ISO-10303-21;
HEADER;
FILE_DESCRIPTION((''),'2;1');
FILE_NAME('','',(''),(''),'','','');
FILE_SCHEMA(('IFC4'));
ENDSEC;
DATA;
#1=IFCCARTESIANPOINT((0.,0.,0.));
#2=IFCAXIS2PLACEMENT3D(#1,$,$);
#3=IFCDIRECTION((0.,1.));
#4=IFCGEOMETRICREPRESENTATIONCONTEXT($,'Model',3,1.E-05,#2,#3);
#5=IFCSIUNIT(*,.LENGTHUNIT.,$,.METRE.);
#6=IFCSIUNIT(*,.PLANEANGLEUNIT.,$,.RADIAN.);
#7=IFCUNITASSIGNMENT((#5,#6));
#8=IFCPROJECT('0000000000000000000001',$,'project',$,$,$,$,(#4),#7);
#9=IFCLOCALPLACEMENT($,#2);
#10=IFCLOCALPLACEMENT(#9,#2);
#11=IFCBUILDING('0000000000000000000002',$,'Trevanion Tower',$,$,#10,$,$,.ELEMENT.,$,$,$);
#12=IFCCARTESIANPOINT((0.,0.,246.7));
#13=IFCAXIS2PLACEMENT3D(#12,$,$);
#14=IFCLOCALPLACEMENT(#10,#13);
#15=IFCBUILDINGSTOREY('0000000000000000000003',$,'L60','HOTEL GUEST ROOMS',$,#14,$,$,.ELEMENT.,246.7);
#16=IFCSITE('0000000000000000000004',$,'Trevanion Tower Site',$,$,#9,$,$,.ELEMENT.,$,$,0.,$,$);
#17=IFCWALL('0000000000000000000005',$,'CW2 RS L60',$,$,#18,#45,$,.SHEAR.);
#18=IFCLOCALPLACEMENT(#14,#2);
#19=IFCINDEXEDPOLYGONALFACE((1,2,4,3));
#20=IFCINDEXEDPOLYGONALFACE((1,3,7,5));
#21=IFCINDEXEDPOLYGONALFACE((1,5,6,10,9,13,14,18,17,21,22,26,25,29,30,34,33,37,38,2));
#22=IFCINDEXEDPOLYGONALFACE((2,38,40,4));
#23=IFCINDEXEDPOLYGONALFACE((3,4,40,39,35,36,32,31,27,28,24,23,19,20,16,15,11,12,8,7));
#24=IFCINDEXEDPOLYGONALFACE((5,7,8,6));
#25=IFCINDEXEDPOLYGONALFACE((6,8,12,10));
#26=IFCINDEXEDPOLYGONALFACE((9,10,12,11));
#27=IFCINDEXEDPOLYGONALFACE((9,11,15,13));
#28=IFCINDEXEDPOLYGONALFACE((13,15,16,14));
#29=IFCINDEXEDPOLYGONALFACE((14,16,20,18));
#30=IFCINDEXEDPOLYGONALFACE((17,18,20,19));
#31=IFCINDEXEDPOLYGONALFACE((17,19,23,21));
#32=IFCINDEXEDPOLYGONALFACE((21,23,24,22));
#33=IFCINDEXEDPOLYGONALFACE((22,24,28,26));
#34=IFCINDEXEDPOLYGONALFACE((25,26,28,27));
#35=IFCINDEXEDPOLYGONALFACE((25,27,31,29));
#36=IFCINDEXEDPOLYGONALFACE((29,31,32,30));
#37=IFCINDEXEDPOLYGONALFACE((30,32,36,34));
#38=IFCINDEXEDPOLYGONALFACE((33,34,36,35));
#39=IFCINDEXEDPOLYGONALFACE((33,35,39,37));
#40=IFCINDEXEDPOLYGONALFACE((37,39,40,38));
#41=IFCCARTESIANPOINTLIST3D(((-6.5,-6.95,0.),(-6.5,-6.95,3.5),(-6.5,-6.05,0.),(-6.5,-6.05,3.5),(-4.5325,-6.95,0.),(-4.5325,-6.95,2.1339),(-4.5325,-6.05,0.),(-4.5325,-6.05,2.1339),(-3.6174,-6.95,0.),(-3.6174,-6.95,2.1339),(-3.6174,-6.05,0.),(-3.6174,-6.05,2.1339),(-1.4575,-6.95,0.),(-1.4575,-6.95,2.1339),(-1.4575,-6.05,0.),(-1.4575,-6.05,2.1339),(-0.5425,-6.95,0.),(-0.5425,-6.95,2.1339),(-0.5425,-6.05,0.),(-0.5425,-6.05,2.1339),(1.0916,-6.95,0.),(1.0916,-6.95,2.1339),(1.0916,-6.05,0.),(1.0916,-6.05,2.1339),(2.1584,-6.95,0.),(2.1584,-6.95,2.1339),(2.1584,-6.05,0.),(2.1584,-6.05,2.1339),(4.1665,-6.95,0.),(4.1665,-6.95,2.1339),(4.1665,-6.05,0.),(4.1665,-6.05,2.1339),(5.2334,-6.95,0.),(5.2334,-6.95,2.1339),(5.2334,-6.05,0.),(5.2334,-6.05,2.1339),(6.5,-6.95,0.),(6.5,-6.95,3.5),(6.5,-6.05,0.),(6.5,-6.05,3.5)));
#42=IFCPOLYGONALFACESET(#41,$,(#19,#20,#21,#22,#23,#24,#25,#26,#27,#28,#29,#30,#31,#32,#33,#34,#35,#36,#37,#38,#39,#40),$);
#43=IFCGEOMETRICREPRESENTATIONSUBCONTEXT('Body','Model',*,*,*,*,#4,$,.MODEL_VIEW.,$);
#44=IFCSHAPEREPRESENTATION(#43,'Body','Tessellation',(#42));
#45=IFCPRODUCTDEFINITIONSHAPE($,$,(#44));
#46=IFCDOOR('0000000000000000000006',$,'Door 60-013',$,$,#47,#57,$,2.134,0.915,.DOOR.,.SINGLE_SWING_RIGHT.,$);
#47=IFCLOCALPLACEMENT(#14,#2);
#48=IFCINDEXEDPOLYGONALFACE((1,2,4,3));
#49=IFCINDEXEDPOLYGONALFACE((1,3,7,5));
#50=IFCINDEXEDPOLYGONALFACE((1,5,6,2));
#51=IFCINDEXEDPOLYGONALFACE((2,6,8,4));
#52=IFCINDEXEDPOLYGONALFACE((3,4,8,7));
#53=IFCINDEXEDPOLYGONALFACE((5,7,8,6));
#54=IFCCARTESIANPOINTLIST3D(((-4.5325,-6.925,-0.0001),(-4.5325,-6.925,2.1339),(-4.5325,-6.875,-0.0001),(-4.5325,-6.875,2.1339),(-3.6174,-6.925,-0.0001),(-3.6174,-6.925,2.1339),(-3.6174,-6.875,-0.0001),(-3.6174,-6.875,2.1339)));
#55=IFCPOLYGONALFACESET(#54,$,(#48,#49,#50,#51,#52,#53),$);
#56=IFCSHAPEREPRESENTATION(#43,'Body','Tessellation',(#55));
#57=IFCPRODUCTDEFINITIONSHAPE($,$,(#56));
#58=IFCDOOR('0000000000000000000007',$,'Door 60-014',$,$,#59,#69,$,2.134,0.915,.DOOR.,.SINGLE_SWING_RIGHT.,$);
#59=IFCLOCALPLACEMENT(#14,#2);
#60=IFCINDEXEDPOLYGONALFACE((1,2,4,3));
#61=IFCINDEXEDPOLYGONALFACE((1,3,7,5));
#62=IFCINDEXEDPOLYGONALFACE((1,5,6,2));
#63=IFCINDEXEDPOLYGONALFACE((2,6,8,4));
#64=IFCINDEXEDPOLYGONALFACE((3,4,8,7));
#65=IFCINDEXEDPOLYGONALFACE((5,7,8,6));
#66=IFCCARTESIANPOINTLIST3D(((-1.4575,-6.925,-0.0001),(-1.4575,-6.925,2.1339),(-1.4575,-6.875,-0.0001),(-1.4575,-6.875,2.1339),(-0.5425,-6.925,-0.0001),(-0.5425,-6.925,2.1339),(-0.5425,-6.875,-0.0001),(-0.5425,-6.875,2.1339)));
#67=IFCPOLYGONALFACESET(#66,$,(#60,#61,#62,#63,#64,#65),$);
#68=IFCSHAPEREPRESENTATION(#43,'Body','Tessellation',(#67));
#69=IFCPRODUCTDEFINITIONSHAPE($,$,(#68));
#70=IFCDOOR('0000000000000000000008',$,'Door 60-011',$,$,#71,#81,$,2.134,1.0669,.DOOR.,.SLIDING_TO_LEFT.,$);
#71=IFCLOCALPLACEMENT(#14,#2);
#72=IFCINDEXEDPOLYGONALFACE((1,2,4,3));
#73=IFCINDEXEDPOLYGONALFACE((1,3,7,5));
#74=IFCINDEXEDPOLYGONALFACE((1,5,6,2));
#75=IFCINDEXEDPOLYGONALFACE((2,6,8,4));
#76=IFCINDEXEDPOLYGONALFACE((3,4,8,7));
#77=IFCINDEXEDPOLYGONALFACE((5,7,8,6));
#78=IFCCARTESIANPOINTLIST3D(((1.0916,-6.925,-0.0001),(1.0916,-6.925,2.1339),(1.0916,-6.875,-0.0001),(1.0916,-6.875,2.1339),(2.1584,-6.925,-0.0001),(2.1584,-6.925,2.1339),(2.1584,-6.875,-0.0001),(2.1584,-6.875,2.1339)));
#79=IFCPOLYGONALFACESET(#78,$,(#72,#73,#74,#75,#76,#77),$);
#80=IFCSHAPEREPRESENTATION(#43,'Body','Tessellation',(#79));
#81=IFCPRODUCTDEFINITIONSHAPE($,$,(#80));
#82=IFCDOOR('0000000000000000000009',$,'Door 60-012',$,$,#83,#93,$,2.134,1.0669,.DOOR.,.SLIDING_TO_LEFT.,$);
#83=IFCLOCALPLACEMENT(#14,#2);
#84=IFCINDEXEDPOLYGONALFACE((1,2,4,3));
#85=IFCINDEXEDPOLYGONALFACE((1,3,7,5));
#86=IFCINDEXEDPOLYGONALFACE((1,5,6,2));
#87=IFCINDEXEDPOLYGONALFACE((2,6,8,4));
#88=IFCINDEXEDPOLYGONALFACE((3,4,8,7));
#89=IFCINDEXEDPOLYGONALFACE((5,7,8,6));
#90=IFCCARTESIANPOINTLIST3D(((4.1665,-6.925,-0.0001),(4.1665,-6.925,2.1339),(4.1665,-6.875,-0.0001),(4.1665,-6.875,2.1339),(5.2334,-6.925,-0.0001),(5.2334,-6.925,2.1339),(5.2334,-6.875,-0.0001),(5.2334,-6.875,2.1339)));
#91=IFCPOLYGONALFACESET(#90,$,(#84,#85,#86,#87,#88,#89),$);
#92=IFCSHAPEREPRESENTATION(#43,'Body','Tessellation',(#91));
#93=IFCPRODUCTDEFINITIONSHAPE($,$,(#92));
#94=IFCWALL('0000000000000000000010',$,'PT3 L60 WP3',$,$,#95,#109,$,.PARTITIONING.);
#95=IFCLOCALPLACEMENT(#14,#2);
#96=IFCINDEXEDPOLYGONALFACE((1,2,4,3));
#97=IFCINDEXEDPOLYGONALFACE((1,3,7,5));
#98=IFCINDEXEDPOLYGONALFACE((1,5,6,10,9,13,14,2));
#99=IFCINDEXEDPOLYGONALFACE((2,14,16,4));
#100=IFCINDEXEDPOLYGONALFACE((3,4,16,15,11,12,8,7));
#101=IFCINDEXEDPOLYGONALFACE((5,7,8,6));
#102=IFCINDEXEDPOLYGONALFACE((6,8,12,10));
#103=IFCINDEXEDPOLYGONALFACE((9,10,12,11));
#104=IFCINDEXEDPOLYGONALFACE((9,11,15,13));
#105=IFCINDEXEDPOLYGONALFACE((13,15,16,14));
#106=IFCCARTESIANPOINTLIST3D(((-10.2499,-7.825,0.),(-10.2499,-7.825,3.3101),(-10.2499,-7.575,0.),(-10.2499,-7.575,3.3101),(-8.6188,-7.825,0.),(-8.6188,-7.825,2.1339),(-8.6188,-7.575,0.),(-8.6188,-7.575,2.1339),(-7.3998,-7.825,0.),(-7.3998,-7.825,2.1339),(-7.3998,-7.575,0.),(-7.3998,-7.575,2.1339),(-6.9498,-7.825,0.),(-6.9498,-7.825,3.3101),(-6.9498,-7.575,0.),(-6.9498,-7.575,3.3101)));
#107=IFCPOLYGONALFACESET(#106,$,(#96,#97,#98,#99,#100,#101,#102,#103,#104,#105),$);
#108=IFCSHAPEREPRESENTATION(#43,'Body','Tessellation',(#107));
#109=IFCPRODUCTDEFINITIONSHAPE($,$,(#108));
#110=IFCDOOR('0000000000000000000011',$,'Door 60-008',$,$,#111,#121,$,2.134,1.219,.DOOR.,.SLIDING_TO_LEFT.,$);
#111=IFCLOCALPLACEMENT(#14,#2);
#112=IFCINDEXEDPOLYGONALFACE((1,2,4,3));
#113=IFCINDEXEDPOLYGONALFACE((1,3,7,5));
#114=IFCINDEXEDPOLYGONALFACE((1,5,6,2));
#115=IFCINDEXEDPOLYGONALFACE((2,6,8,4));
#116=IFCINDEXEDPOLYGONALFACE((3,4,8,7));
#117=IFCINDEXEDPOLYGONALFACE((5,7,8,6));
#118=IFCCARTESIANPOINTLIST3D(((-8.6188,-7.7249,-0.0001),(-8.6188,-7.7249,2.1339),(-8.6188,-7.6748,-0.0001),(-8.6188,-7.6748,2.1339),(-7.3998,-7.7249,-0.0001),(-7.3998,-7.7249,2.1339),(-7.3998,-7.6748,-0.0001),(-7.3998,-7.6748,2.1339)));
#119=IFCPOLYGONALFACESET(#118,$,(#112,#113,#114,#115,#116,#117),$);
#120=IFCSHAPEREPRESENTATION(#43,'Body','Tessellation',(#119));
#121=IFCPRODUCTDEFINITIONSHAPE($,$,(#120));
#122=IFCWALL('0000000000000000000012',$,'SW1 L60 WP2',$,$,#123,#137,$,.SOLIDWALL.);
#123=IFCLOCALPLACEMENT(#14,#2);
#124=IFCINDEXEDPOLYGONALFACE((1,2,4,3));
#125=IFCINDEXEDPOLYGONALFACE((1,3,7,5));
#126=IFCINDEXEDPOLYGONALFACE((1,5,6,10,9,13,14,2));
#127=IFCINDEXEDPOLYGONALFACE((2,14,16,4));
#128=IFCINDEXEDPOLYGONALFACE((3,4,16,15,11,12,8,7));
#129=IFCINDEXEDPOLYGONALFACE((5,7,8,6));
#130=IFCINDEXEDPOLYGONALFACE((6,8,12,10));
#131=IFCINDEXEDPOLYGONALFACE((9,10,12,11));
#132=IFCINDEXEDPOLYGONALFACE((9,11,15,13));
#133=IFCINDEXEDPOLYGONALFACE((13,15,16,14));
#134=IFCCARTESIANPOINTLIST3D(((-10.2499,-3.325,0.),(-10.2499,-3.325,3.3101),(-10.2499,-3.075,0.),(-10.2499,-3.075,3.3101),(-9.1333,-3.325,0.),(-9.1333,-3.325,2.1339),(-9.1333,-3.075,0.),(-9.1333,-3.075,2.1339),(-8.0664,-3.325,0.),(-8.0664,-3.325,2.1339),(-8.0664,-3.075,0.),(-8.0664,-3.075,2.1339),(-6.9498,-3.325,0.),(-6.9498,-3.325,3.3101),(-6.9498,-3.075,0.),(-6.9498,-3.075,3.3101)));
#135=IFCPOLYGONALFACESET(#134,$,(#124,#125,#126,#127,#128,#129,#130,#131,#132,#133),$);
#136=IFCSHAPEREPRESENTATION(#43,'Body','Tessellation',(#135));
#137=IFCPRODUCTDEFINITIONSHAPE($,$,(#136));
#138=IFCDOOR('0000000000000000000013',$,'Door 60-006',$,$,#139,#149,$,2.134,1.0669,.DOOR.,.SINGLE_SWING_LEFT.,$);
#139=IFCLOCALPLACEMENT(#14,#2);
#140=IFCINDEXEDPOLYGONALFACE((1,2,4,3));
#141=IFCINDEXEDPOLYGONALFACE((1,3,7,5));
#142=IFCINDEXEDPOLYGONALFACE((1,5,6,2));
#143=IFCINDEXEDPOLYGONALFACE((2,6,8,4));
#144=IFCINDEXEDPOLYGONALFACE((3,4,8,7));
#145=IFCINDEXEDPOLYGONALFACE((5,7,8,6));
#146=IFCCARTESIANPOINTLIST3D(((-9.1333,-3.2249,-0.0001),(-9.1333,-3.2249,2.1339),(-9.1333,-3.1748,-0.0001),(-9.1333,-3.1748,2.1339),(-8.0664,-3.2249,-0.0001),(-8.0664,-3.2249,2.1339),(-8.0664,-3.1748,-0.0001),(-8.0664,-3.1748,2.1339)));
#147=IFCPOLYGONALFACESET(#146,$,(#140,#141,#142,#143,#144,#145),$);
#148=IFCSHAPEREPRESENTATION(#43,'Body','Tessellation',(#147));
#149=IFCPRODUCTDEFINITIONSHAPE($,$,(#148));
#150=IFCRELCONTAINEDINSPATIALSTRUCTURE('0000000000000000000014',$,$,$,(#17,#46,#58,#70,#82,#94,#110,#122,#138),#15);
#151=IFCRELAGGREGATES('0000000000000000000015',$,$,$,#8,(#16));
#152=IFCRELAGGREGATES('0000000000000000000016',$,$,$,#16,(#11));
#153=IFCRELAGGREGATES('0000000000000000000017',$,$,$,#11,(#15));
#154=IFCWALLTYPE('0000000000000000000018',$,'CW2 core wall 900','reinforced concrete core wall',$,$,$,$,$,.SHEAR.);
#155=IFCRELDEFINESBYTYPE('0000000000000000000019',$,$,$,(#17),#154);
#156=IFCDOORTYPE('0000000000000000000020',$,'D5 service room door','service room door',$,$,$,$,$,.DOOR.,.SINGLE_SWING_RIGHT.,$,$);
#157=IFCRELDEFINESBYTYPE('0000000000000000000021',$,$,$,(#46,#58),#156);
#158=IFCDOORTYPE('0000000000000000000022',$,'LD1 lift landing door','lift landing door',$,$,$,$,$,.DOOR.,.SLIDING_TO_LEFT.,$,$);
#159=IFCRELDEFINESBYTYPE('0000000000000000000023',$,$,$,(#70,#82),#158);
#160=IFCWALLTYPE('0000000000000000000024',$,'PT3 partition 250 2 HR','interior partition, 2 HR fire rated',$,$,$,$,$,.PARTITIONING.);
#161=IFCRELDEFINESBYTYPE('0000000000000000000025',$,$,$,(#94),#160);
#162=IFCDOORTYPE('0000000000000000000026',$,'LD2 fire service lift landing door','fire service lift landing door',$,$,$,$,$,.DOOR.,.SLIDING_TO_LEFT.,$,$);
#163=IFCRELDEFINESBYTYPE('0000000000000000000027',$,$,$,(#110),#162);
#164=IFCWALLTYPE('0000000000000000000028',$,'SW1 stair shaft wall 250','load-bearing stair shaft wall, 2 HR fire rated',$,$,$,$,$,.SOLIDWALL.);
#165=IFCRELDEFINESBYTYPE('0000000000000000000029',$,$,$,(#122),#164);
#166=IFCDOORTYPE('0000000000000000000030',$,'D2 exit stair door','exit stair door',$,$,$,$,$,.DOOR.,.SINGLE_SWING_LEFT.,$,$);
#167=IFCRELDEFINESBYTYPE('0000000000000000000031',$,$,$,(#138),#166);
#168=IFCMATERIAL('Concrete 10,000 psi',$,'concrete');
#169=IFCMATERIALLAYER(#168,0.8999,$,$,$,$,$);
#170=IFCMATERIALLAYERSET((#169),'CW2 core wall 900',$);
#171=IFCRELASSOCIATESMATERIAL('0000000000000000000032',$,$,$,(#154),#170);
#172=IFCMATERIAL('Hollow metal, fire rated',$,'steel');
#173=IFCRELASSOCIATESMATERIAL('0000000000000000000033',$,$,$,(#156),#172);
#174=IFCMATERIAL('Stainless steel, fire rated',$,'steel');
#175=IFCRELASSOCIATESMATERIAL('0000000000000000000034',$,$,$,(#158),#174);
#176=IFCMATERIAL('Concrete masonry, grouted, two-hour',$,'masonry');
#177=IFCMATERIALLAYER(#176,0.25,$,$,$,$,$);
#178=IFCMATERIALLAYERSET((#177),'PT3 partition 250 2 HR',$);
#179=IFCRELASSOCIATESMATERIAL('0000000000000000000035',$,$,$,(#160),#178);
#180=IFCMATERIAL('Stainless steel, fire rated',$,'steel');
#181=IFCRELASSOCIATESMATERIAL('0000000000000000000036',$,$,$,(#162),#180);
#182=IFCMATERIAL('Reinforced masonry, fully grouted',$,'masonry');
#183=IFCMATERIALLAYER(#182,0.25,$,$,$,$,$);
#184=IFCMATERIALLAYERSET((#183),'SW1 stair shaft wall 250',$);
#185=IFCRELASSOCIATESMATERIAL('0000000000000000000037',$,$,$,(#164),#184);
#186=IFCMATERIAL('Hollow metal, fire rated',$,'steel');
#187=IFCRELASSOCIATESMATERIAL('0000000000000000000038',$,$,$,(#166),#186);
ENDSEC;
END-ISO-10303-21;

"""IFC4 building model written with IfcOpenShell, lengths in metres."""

from ifc_helpers import new_model, si_unit, direction, frame, frame_2d, origin, place, context, subcontext, project, spatial, rectangle, extrude, material, layer, layer_set, type_object, element, fill, save


model = new_model("IFC4")

# Units and contexts
model_context = context("Model", 3, precision=1e-05, world=origin(), true_north=direction((0.0, 1.0)))
body_context = subcontext(model_context, "Body", "Model", "MODEL_VIEW")
ifc_project = project(units=[si_unit("LENGTHUNIT", "METRE"), si_unit("PLANEANGLEUNIT", "RADIAN")], contexts=[model_context])

# Site, building, storey
site_placement = place(None, origin())
site = spatial("IfcSite", under=ifc_project, at=site_placement, Name="Trevanion Tower Site", CompositionType="ELEMENT", RefElevation=0.0)
building_placement = place(site_placement, origin())
building = spatial("IfcBuilding", under=site, at=building_placement, Name="Trevanion Tower", CompositionType="ELEMENT")
storey_placement = place(building_placement, frame((0.0, 0.0, 246.7)))
storey = spatial("IfcBuildingStorey", under=building, at=storey_placement, Name="L60", Description="HOTEL GUEST ROOMS", CompositionType="ELEMENT", Elevation=246.7)

# Shared definitions
ifc_material_1 = material(Name="Concrete 10,000 psi", Category="concrete")
ifc_layer_1 = layer(ifc_material_1, 0.8999)
ifc_layer_set_1 = layer_set([ifc_layer_1], Name="CW2 core wall 900")
wall_type_1 = type_object("IfcWallType", Name="CW2 core wall 900", Description="reinforced concrete core wall", PredefinedType="SHEAR", material=ifc_layer_set_1)

# Wall, openings, doors
wall_1_placement = place(storey_placement, frame((-6.5, -6.5, 0.0), z_axis=(0.0, 0.0, 1.0), x_axis=(1.0, 0.0, 0.0)))
wall_1 = element("IfcWall", 1, at=wall_1_placement, inside=storey, type_object=wall_type_1, Name="CW2 RS L60", PredefinedType="SHEAR", context=body_context, shape_type="SweptSolid", body=[
    extrude(rectangle(XDim=13.0, YDim=0.8999, at=frame_2d((6.5, 0.0))), origin(), (0.0, 0.0, 1.0), 3.5),
])
opening_1_placement = place(wall_1_placement, frame((7.5916, 0.0, 0.0)))
opening_1 = element("IfcOpeningElement", 2, at=opening_1_placement, cuts=wall_1, PredefinedType="OPENING", context=body_context, shape_type="SweptSolid", body=[
    extrude(rectangle(XDim=1.0669, YDim=2.134, at=frame_2d((0.5334, 1.0669))), frame((0.0, 0.46, 0.0), z_axis=(0.0, -1.0, 0.0), x_axis=(1.0, 0.0, 0.0)), (0.0, 0.0, 1.0), 0.9199),
])
opening_2_placement = place(wall_1_placement, frame((10.6665, 0.0, 0.0)))
opening_2 = element("IfcOpeningElement", 3, at=opening_2_placement, cuts=wall_1, PredefinedType="OPENING", context=body_context, shape_type="SweptSolid", body=[
    extrude(rectangle(XDim=1.0669, YDim=2.134, at=frame_2d((0.5334, 1.0669))), frame((0.0, 0.46, 0.0), z_axis=(0.0, -1.0, 0.0), x_axis=(1.0, 0.0, 0.0)), (0.0, 0.0, 1.0), 0.9199),
])
opening_3_placement = place(wall_1_placement, frame((1.9675, 0.0, 0.0)))
opening_3 = element("IfcOpeningElement", 4, at=opening_3_placement, cuts=wall_1, PredefinedType="OPENING", context=body_context, shape_type="SweptSolid", body=[
    extrude(rectangle(XDim=0.915, YDim=2.134, at=frame_2d((0.4575, 1.0669))), frame((0.0, 0.46, 0.0), z_axis=(0.0, -1.0, 0.0), x_axis=(1.0, 0.0, 0.0)), (0.0, 0.0, 1.0), 0.9199),
])
opening_4_placement = place(wall_1_placement, frame((5.0425, 0.0, 0.0)))
opening_4 = element("IfcOpeningElement", 5, at=opening_4_placement, cuts=wall_1, PredefinedType="OPENING", context=body_context, shape_type="SweptSolid", body=[
    extrude(rectangle(XDim=0.915, YDim=2.134, at=frame_2d((0.4575, 1.0669))), frame((0.0, 0.46, 0.0), z_axis=(0.0, -1.0, 0.0), x_axis=(1.0, 0.0, 0.0)), (0.0, 0.0, 1.0), 0.9199),
])
ifc_material_2 = material(Name="Hollow metal, fire rated", Category="steel")
door_type_1 = type_object("IfcDoorType", Name="D5 service room door", Description="service room door", OperationType="SINGLE_SWING_RIGHT", PredefinedType="DOOR", material=ifc_material_2)
door_1_placement = place(opening_3_placement, origin())
door_1 = element("IfcDoor", 6, at=door_1_placement, inside=storey, type_object=door_type_1, Name="Door 60-013", OperationType="SINGLE_SWING_RIGHT", OverallHeight=2.134, OverallWidth=0.915, PredefinedType="DOOR", context=body_context, shape_type="SweptSolid", body=[
    extrude(rectangle(XDim=0.915, YDim=2.134, at=frame_2d((0.4575, 1.0669))), frame((0.0, -0.375, 0.0), z_axis=(0.0, -1.0, 0.0), x_axis=(1.0, 0.0, 0.0)), (0.0, 0.0, 1.0), 0.05),
])
fill(opening_3, door_1)
door_2_placement = place(opening_4_placement, origin())
door_2 = element("IfcDoor", 7, at=door_2_placement, inside=storey, type_object=door_type_1, Name="Door 60-014", OperationType="SINGLE_SWING_RIGHT", OverallHeight=2.134, OverallWidth=0.915, PredefinedType="DOOR", context=body_context, shape_type="SweptSolid", body=[
    extrude(rectangle(XDim=0.915, YDim=2.134, at=frame_2d((0.4575, 1.0669))), frame((0.0, -0.375, 0.0), z_axis=(0.0, -1.0, 0.0), x_axis=(1.0, 0.0, 0.0)), (0.0, 0.0, 1.0), 0.05),
])
fill(opening_4, door_2)
ifc_material_3 = material(Name="Stainless steel, fire rated", Category="steel")
door_type_2 = type_object("IfcDoorType", Name="LD1 lift landing door", Description="lift landing door", OperationType="SLIDING_TO_LEFT", PredefinedType="DOOR", material=ifc_material_3)
door_3_placement = place(opening_1_placement, origin())
door_3 = element("IfcDoor", 8, at=door_3_placement, inside=storey, type_object=door_type_2, Name="Door 60-011", OperationType="SLIDING_TO_LEFT", OverallHeight=2.134, OverallWidth=1.0669, PredefinedType="DOOR", context=body_context, shape_type="SweptSolid", body=[
    extrude(rectangle(XDim=1.0669, YDim=2.134, at=frame_2d((0.5334, 1.0669))), frame((0.0, -0.375, 0.0), z_axis=(0.0, -1.0, 0.0), x_axis=(1.0, 0.0, 0.0)), (0.0, 0.0, 1.0), 0.05),
])
fill(opening_1, door_3)
door_4_placement = place(opening_2_placement, origin())
door_4 = element("IfcDoor", 9, at=door_4_placement, inside=storey, type_object=door_type_2, Name="Door 60-012", OperationType="SLIDING_TO_LEFT", OverallHeight=2.134, OverallWidth=1.0669, PredefinedType="DOOR", context=body_context, shape_type="SweptSolid", body=[
    extrude(rectangle(XDim=1.0669, YDim=2.134, at=frame_2d((0.5334, 1.0669))), frame((0.0, -0.375, 0.0), z_axis=(0.0, -1.0, 0.0), x_axis=(1.0, 0.0, 0.0)), (0.0, 0.0, 1.0), 0.05),
])
fill(opening_2, door_4)

# Walls, openings, doors
ifc_material_4 = material(Name="Concrete masonry, grouted, two-hour", Category="masonry")
ifc_layer_2 = layer(ifc_material_4, 0.25)
ifc_layer_set_2 = layer_set([ifc_layer_2], Name="PT3 partition 250 2 HR")
wall_type_2 = type_object("IfcWallType", Name="PT3 partition 250 2 HR", Description="interior partition, 2 HR fire rated", PredefinedType="PARTITIONING", material=ifc_layer_set_2)
wall_2_placement = place(storey_placement, frame((-6.95, -7.7, 0.0), z_axis=(0.0, 0.0, 1.0), x_axis=(-1.0, 0.0, 0.0)))
wall_2 = element("IfcWall", 10, at=wall_2_placement, inside=storey, type_object=wall_type_2, Name="PT3 L60 WP3", PredefinedType="PARTITIONING", context=body_context, shape_type="SweptSolid", body=[
    extrude(rectangle(XDim=3.3, YDim=0.25, at=frame_2d((1.6499, 0.0))), origin(), (0.0, 0.0, 1.0), 3.3101),
])
opening_5_placement = place(wall_2_placement, frame((0.45, 0.0, 0.0)))
opening_5 = element("IfcOpeningElement", 11, at=opening_5_placement, cuts=wall_2, PredefinedType="OPENING", context=body_context, shape_type="SweptSolid", body=[
    extrude(rectangle(XDim=1.219, YDim=2.134, at=frame_2d((0.6094, 1.0669))), frame((0.0, 0.135, 0.0), z_axis=(0.0, -1.0, 0.0), x_axis=(1.0, 0.0, 0.0)), (0.0, 0.0, 1.0), 0.27),
])
ifc_material_5 = material(Name="Stainless steel, fire rated", Category="steel")
door_type_3 = type_object("IfcDoorType", Name="LD2 fire service lift landing door", Description="fire service lift landing door", OperationType="SLIDING_TO_LEFT", PredefinedType="DOOR", material=ifc_material_5)
door_5_placement = place(opening_5_placement, origin())
door_5 = element("IfcDoor", 12, at=door_5_placement, inside=storey, type_object=door_type_3, Name="Door 60-008", OperationType="SLIDING_TO_LEFT", OverallHeight=2.134, OverallWidth=1.219, PredefinedType="DOOR", context=body_context, shape_type="SweptSolid", body=[
    extrude(rectangle(XDim=1.219, YDim=2.134, at=frame_2d((0.6094, 1.0669))), frame((0.0, 0.0249, 0.0), z_axis=(0.0, -1.0, 0.0), x_axis=(1.0, 0.0, 0.0)), (0.0, 0.0, 1.0), 0.05),
])
fill(opening_5, door_5)
ifc_material_6 = material(Name="Reinforced masonry, fully grouted", Category="masonry")
ifc_layer_3 = layer(ifc_material_6, 0.25)
ifc_layer_set_3 = layer_set([ifc_layer_3], Name="SW1 stair shaft wall 250")
wall_type_3 = type_object("IfcWallType", Name="SW1 stair shaft wall 250", Description="load-bearing stair shaft wall, 2 HR fire rated", PredefinedType="SOLIDWALL", material=ifc_layer_set_3)
wall_3_placement = place(storey_placement, frame((-6.95, -3.2, 0.0), z_axis=(0.0, 0.0, 1.0), x_axis=(-1.0, 0.0, 0.0)))
wall_3 = element("IfcWall", 13, at=wall_3_placement, inside=storey, type_object=wall_type_3, Name="SW1 L60 WP2", PredefinedType="SOLIDWALL", context=body_context, shape_type="SweptSolid", body=[
    extrude(rectangle(XDim=3.3, YDim=0.25, at=frame_2d((1.6499, 0.0))), origin(), (0.0, 0.0, 1.0), 3.3101),
])
opening_6_placement = place(wall_3_placement, frame((1.1165, 0.0, 0.0)))
opening_6 = element("IfcOpeningElement", 14, at=opening_6_placement, cuts=wall_3, PredefinedType="OPENING", context=body_context, shape_type="SweptSolid", body=[
    extrude(rectangle(XDim=1.0669, YDim=2.134, at=frame_2d((0.5334, 1.0669))), frame((0.0, 0.135, 0.0), z_axis=(0.0, -1.0, 0.0), x_axis=(1.0, 0.0, 0.0)), (0.0, 0.0, 1.0), 0.27),
])
ifc_material_7 = material(Name="Hollow metal, fire rated", Category="steel")
door_type_4 = type_object("IfcDoorType", Name="D2 exit stair door", Description="exit stair door", OperationType="SINGLE_SWING_LEFT", PredefinedType="DOOR", material=ifc_material_7)
door_6_placement = place(opening_6_placement, origin())
door_6 = element("IfcDoor", 15, at=door_6_placement, inside=storey, type_object=door_type_4, Name="Door 60-006", OperationType="SINGLE_SWING_LEFT", OverallHeight=2.134, OverallWidth=1.0669, PredefinedType="DOOR", context=body_context, shape_type="SweptSolid", body=[
    extrude(rectangle(XDim=1.0669, YDim=2.134, at=frame_2d((0.5334, 1.0669))), frame((0.0, 0.0249, 0.0), z_axis=(0.0, -1.0, 0.0), x_axis=(1.0, 0.0, 0.0)), (0.0, 0.0, 1.0), 0.05),
])
fill(opening_6, door_6)

save(model, "model.ifc")
